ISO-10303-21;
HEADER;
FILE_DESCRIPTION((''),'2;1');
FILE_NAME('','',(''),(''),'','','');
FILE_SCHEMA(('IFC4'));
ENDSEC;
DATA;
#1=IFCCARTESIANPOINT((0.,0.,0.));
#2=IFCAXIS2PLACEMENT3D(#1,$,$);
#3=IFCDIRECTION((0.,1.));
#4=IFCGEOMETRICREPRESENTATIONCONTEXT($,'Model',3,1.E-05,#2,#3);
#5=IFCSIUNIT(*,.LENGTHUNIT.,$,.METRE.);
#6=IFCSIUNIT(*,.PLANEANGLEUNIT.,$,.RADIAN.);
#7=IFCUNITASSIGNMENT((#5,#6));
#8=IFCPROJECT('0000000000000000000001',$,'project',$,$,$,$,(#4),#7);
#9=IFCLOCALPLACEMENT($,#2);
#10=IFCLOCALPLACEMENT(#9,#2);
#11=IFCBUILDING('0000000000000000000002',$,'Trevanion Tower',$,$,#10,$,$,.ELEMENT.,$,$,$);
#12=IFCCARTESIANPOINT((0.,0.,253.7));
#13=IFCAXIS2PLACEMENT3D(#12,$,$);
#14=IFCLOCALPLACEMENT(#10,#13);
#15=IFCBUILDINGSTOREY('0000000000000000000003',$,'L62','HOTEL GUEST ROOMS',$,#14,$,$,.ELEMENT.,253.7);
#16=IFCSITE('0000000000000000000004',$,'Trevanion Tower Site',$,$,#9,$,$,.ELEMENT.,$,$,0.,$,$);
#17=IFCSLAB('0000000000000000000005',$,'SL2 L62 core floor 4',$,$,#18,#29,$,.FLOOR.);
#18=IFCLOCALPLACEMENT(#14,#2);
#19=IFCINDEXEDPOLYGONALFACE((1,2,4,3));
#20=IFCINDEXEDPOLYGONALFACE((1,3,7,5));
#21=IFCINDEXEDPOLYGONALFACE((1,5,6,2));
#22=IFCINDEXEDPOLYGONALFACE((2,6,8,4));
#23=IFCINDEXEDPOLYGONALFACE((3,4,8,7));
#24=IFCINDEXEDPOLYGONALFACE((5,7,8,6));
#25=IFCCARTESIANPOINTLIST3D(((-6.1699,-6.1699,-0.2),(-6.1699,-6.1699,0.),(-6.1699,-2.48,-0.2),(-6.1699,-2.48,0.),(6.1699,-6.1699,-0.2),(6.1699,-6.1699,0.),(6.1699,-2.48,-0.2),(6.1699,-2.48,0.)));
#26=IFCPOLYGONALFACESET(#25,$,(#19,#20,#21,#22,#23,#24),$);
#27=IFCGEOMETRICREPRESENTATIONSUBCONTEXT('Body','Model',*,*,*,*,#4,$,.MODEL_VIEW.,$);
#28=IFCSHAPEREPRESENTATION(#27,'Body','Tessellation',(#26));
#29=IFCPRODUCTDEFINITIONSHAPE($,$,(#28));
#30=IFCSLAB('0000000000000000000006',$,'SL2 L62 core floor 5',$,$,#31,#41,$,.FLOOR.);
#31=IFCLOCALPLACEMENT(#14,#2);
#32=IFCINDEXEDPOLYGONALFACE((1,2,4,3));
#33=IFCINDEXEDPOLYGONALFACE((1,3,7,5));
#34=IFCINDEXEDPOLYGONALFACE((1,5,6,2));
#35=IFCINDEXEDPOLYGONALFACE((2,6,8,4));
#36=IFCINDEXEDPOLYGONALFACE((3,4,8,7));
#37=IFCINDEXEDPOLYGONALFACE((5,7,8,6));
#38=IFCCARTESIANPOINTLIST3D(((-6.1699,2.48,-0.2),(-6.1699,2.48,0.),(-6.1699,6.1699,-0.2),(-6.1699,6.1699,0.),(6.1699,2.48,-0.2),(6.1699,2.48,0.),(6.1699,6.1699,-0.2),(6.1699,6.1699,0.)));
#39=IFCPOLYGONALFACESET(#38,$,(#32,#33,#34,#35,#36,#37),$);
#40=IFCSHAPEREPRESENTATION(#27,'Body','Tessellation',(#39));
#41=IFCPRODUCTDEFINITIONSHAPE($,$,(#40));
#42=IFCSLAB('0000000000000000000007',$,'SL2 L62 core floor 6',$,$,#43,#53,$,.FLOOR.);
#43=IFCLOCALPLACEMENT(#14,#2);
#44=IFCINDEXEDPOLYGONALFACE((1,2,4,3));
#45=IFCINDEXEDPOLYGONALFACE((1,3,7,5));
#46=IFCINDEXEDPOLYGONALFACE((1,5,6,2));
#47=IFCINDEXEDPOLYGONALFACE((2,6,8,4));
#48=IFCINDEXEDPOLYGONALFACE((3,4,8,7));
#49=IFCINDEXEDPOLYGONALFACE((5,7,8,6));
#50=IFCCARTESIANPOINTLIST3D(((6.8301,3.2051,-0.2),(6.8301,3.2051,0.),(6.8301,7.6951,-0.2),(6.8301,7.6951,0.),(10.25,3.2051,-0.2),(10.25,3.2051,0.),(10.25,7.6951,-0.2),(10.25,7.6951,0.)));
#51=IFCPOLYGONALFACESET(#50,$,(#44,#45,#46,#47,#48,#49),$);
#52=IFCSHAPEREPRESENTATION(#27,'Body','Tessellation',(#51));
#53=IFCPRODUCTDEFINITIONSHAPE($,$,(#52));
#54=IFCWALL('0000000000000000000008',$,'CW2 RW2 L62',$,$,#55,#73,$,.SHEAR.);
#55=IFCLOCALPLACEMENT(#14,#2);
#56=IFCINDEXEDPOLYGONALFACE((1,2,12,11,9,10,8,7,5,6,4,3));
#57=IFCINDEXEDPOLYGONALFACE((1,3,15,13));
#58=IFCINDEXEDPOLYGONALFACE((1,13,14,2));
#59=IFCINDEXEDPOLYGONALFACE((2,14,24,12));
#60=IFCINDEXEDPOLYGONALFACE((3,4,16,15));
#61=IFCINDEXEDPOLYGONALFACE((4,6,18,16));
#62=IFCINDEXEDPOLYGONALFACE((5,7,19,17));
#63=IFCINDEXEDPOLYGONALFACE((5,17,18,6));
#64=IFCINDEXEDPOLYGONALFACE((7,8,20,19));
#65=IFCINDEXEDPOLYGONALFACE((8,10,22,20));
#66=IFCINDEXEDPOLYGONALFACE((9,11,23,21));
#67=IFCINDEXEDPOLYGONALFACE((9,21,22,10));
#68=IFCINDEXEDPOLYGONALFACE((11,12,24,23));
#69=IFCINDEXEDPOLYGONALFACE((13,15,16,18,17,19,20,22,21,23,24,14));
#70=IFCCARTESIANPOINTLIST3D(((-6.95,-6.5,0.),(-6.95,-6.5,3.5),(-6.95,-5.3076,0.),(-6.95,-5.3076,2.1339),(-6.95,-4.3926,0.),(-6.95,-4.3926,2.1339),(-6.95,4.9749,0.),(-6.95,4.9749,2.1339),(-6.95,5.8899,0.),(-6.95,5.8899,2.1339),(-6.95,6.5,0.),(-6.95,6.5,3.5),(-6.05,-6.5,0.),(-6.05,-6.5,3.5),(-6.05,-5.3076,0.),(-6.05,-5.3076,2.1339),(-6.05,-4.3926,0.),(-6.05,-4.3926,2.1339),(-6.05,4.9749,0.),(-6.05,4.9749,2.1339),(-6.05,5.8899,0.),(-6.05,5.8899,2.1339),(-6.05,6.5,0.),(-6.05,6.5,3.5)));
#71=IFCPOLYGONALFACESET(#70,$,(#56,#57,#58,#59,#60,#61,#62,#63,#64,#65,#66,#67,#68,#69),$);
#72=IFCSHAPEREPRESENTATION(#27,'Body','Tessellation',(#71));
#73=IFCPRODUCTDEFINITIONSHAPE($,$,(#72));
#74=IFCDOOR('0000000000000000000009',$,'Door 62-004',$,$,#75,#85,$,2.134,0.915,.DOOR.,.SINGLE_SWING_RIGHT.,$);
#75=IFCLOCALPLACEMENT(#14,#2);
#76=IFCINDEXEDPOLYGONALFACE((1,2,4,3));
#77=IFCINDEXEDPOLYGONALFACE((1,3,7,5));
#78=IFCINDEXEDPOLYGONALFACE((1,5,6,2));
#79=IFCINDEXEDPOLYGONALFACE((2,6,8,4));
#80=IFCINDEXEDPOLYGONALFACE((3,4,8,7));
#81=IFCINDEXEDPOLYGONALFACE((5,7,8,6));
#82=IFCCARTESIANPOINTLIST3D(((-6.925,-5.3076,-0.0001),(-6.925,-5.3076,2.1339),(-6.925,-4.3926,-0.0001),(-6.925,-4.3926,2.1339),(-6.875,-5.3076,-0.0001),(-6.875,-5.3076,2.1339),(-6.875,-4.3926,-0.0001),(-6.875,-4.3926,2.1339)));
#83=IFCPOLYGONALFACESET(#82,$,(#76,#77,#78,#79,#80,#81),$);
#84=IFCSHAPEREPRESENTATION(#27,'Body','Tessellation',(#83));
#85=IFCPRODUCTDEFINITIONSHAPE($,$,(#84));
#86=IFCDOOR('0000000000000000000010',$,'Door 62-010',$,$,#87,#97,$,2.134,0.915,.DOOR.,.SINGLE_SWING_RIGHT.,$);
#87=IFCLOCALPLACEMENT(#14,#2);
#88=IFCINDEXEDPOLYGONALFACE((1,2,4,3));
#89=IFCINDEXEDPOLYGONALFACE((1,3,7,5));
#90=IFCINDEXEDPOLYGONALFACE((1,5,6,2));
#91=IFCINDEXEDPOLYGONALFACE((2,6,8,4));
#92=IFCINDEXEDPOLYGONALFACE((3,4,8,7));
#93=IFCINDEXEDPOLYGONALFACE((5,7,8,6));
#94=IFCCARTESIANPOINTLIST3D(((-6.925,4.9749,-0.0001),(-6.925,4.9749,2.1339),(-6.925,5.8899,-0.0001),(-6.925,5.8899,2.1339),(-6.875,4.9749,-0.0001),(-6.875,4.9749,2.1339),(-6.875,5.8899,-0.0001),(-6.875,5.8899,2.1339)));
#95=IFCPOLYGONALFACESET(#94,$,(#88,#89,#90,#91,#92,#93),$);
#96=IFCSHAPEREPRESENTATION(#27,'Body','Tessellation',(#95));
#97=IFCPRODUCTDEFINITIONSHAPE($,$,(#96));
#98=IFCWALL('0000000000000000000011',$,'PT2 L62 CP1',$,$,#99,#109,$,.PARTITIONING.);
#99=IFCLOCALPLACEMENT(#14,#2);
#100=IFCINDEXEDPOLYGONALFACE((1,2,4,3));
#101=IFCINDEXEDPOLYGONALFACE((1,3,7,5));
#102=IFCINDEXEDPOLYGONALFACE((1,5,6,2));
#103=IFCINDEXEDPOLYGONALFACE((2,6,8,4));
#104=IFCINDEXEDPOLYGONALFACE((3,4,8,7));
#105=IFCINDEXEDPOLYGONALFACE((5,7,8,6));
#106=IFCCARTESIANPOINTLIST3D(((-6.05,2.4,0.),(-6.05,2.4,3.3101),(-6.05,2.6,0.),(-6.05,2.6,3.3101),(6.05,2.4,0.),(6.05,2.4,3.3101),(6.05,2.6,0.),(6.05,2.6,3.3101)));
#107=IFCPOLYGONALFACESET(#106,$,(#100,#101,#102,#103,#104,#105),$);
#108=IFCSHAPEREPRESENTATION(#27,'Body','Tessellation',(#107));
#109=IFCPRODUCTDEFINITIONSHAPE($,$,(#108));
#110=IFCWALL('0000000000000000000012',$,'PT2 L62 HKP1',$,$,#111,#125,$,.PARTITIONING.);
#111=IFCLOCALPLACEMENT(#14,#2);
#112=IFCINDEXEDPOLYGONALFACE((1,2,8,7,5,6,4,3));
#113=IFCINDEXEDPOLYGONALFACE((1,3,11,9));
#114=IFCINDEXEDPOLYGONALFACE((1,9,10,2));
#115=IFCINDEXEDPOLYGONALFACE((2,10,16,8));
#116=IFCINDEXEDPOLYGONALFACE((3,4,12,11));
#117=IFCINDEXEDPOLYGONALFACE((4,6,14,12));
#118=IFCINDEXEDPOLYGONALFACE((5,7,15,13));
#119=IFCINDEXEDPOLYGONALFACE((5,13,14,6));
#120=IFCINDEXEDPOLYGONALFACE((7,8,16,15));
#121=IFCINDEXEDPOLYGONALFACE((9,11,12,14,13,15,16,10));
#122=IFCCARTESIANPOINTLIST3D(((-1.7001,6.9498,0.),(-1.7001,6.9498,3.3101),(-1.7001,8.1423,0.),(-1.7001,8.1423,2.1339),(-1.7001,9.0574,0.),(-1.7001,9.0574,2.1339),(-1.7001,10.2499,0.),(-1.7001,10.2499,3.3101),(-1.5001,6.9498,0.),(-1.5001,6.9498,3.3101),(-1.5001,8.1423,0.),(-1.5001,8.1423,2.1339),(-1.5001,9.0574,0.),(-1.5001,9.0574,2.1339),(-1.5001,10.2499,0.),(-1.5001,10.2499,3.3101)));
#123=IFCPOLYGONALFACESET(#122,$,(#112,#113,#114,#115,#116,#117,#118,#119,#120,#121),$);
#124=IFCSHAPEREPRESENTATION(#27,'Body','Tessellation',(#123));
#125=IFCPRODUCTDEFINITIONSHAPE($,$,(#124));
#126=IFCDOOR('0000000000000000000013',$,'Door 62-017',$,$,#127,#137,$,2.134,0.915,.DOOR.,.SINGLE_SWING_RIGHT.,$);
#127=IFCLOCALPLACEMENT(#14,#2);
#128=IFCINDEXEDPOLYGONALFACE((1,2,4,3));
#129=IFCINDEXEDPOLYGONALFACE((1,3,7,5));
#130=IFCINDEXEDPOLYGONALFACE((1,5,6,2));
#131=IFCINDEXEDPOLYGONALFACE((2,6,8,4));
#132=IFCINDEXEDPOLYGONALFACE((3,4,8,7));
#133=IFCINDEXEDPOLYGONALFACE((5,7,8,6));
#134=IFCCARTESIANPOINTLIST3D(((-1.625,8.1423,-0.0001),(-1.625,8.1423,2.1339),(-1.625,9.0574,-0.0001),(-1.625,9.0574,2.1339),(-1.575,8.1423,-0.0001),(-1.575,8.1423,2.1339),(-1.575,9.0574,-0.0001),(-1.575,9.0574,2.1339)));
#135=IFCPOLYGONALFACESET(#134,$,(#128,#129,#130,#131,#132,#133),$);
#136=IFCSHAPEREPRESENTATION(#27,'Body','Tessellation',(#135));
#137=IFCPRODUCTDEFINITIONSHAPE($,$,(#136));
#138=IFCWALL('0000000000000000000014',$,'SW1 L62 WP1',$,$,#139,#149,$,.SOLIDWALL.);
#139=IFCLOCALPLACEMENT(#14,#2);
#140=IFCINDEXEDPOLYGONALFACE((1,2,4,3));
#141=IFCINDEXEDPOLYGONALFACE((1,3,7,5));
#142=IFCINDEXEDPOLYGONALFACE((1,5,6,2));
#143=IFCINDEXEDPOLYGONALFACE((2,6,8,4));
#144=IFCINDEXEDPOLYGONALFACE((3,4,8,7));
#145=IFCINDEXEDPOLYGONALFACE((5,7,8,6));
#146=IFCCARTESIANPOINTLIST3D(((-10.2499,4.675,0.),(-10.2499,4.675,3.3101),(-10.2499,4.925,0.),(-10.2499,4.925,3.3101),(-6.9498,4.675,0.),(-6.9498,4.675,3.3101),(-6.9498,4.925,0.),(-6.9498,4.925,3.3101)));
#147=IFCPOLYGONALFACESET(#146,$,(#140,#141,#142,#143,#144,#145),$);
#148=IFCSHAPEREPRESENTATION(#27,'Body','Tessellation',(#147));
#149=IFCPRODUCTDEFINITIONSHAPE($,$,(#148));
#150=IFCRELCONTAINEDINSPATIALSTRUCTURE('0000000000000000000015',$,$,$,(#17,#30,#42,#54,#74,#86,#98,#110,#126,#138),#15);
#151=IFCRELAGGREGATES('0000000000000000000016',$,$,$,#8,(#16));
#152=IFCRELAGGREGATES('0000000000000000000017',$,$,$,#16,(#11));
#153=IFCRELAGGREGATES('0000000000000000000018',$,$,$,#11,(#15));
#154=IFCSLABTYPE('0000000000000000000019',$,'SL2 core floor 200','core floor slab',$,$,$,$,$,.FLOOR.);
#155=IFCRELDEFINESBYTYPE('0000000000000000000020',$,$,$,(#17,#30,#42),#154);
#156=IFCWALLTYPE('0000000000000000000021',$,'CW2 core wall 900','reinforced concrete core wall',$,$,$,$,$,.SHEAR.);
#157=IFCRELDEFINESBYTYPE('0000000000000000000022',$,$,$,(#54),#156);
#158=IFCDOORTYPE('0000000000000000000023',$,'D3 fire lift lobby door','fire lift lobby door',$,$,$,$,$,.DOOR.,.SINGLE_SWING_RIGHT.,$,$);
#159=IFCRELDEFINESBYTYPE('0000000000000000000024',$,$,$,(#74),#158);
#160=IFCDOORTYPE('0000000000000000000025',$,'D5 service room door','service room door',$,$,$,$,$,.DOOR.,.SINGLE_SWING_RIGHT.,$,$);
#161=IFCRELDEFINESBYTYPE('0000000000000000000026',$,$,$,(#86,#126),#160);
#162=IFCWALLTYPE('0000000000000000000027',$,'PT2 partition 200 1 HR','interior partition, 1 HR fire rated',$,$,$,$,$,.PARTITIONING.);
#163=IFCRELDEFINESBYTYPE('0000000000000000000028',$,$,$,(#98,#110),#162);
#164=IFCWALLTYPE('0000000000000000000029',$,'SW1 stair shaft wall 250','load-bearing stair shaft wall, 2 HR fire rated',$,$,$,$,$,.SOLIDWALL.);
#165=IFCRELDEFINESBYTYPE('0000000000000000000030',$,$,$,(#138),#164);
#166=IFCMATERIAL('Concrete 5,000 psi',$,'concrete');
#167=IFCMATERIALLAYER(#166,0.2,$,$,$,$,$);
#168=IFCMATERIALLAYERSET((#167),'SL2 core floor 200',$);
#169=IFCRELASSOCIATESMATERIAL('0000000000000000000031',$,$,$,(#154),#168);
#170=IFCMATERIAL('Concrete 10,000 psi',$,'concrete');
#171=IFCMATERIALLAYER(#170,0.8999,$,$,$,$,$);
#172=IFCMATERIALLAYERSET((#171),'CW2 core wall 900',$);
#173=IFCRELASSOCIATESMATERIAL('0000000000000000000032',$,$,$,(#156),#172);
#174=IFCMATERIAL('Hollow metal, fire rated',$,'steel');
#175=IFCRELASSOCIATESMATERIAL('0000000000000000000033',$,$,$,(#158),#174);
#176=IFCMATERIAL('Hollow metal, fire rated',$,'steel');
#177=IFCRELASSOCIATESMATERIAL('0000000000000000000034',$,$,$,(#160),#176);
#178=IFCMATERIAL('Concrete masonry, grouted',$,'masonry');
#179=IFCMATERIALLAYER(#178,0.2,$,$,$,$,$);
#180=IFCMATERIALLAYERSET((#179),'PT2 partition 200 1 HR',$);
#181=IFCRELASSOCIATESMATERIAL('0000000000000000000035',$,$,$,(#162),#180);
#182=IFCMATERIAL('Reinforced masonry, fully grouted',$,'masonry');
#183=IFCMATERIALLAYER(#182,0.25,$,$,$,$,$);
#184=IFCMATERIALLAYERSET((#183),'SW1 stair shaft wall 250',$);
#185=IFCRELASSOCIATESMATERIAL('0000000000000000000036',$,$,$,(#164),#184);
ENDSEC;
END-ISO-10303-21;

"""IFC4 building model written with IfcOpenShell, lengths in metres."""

from ifc_helpers import new_model, si_unit, direction, frame, frame_2d, origin, place, context, subcontext, project, spatial, polyline, rectangle, outline, extrude, material, layer, layer_set, type_object, element, fill, save


model = new_model("IFC4")

# Units and contexts
model_context = context("Model", 3, precision=1e-05, world=origin(), true_north=direction((0.0, 1.0)))
body_context = subcontext(model_context, "Body", "Model", "MODEL_VIEW")
ifc_project = project(units=[si_unit("LENGTHUNIT", "METRE"), si_unit("PLANEANGLEUNIT", "RADIAN")], contexts=[model_context])

# Site, building, storey
site_placement = place(None, origin())
site = spatial("IfcSite", under=ifc_project, at=site_placement, Name="Trevanion Tower Site", CompositionType="ELEMENT", RefElevation=0.0)
building_placement = place(site_placement, origin())
building = spatial("IfcBuilding", under=site, at=building_placement, Name="Trevanion Tower", CompositionType="ELEMENT")
storey_placement = place(building_placement, frame((0.0, 0.0, 253.7)))
storey = spatial("IfcBuildingStorey", under=building, at=storey_placement, Name="L62", Description="HOTEL GUEST ROOMS", CompositionType="ELEMENT", Elevation=253.7)

# Slabs
ifc_material_1 = material(Name="Concrete 5,000 psi", Category="concrete")
ifc_layer_1 = layer(ifc_material_1, 0.2)
ifc_layer_set_1 = layer_set([ifc_layer_1], Name="SL2 core floor 200")
slab_type = type_object("IfcSlabType", Name="SL2 core floor 200", Description="core floor slab", PredefinedType="FLOOR", material=ifc_layer_set_1)
slab_1_placement = place(storey_placement, frame((0.0, 0.0, -0.2)))
element("IfcSlab", 1, at=slab_1_placement, inside=storey, type_object=slab_type, Name="SL2 L62 core floor 4", PredefinedType="FLOOR", context=body_context, shape_type="SweptSolid", body=[
    extrude(outline(polyline([(6.1699, -6.1699), (-6.1699, -6.1699), (-6.1699, -2.48), (6.1699, -2.48), (6.1699, -6.1699)])), origin(), (0.0, 0.0, 1.0), 0.2),
])
slab_2_placement = place(storey_placement, frame((0.0, 0.0, -0.2)))
element("IfcSlab", 2, at=slab_2_placement, inside=storey, type_object=slab_type, Name="SL2 L62 core floor 5", PredefinedType="FLOOR", context=body_context, shape_type="SweptSolid", body=[
    extrude(outline(polyline([(6.1699, 2.48), (-6.1699, 2.48), (-6.1699, 6.1699), (6.1699, 6.1699), (6.1699, 2.48)])), origin(), (0.0, 0.0, 1.0), 0.2),
])
slab_3_placement = place(storey_placement, frame((0.0, 0.0, -0.2)))
element("IfcSlab", 3, at=slab_3_placement, inside=storey, type_object=slab_type, Name="SL2 L62 core floor 6", PredefinedType="FLOOR", context=body_context, shape_type="SweptSolid", body=[
    extrude(outline(polyline([(6.8301, 3.2051), (6.8301, 7.6951), (10.25, 7.6951), (10.25, 3.2051), (6.8301, 3.2051)])), origin(), (0.0, 0.0, 1.0), 0.2),
])

# Wall, openings, doors
ifc_material_2 = material(Name="Concrete 10,000 psi", Category="concrete")
ifc_layer_2 = layer(ifc_material_2, 0.8999)
ifc_layer_set_2 = layer_set([ifc_layer_2], Name="CW2 core wall 900")
wall_type_1 = type_object("IfcWallType", Name="CW2 core wall 900", Description="reinforced concrete core wall", PredefinedType="SHEAR", material=ifc_layer_set_2)
wall_1_placement = place(storey_placement, frame((-6.5, 6.5, 0.0), z_axis=(0.0, 0.0, 1.0), x_axis=(0.0, -1.0, 0.0)))
wall_1 = element("IfcWall", 4, at=wall_1_placement, inside=storey, type_object=wall_type_1, Name="CW2 RW2 L62", PredefinedType="SHEAR", context=body_context, shape_type="SweptSolid", body=[
    extrude(rectangle(XDim=13.0, YDim=0.8999, at=frame_2d((6.5, 0.0))), origin(), (0.0, 0.0, 1.0), 3.5),
])
opening_1_placement = place(wall_1_placement, frame((10.8926, 0.0, 0.0)))
opening_1 = element("IfcOpeningElement", 5, at=opening_1_placement, cuts=wall_1, PredefinedType="OPENING", context=body_context, shape_type="SweptSolid", body=[
    extrude(rectangle(XDim=0.915, YDim=2.134, at=frame_2d((0.4575, 1.0669))), frame((0.0, 0.46, 0.0), z_axis=(0.0, -1.0, 0.0), x_axis=(1.0, 0.0, 0.0)), (0.0, 0.0, 1.0), 0.9199),
])
opening_2_placement = place(wall_1_placement, frame((0.6101, 0.0, 0.0)))
opening_2 = element("IfcOpeningElement", 6, at=opening_2_placement, cuts=wall_1, PredefinedType="OPENING", context=body_context, shape_type="SweptSolid", body=[
    extrude(rectangle(XDim=0.915, YDim=2.134, at=frame_2d((0.4575, 1.0669))), frame((0.0, 0.46, 0.0), z_axis=(0.0, -1.0, 0.0), x_axis=(1.0, 0.0, 0.0)), (0.0, 0.0, 1.0), 0.9199),
])
ifc_material_3 = material(Name="Hollow metal, fire rated", Category="steel")
door_type_1 = type_object("IfcDoorType", Name="D3 fire lift lobby door", Description="fire lift lobby door", OperationType="SINGLE_SWING_RIGHT", PredefinedType="DOOR", material=ifc_material_3)
door_1_placement = place(opening_1_placement, origin())
door_1 = element("IfcDoor", 7, at=door_1_placement, inside=storey, type_object=door_type_1, Name="Door 62-004", OperationType="SINGLE_SWING_RIGHT", OverallHeight=2.134, OverallWidth=0.915, PredefinedType="DOOR", context=body_context, shape_type="SweptSolid", body=[
    extrude(rectangle(XDim=0.915, YDim=2.134, at=frame_2d((0.4575, 1.0669))), frame((0.0, -0.375, 0.0), z_axis=(0.0, -1.0, 0.0), x_axis=(1.0, 0.0, 0.0)), (0.0, 0.0, 1.0), 0.05),
])
fill(opening_1, door_1)
ifc_material_4 = material(Name="Hollow metal, fire rated", Category="steel")
door_type_2 = type_object("IfcDoorType", Name="D5 service room door", Description="service room door", OperationType="SINGLE_SWING_RIGHT", PredefinedType="DOOR", material=ifc_material_4)
door_2_placement = place(opening_2_placement, origin())
door_2 = element("IfcDoor", 8, at=door_2_placement, inside=storey, type_object=door_type_2, Name="Door 62-010", OperationType="SINGLE_SWING_RIGHT", OverallHeight=2.134, OverallWidth=0.915, PredefinedType="DOOR", context=body_context, shape_type="SweptSolid", body=[
    extrude(rectangle(XDim=0.915, YDim=2.134, at=frame_2d((0.4575, 1.0669))), frame((0.0, -0.375, 0.0), z_axis=(0.0, -1.0, 0.0), x_axis=(1.0, 0.0, 0.0)), (0.0, 0.0, 1.0), 0.05),
])
fill(opening_2, door_2)

# Wall
ifc_material_5 = material(Name="Concrete masonry, grouted", Category="masonry")
ifc_layer_3 = layer(ifc_material_5, 0.2)
ifc_layer_set_3 = layer_set([ifc_layer_3], Name="PT2 partition 200 1 HR")
wall_type_2 = type_object("IfcWallType", Name="PT2 partition 200 1 HR", Description="interior partition, 1 HR fire rated", PredefinedType="PARTITIONING", material=ifc_layer_set_3)
wall_2_placement = place(storey_placement, frame((-6.05, 2.5, 0.0), z_axis=(0.0, 0.0, 1.0), x_axis=(1.0, 0.0, 0.0)))
element("IfcWall", 9, at=wall_2_placement, inside=storey, type_object=wall_type_2, Name="PT2 L62 CP1", PredefinedType="PARTITIONING", context=body_context, shape_type="SweptSolid", body=[
    extrude(rectangle(XDim=12.1001, YDim=0.2, at=frame_2d((6.05, 0.0))), origin(), (0.0, 0.0, 1.0), 3.3101),
])

# Wall, opening, door
wall_3_placement = place(storey_placement, frame((-1.6001, 6.95, 0.0), z_axis=(0.0, 0.0, 1.0), x_axis=(0.0, 1.0, 0.0)))
wall_3 = element("IfcWall", 10, at=wall_3_placement, inside=storey, type_object=wall_type_2, Name="PT2 L62 HKP1", PredefinedType="PARTITIONING", context=body_context, shape_type="SweptSolid", body=[
    extrude(rectangle(XDim=3.3, YDim=0.2, at=frame_2d((1.6499, 0.0))), origin(), (0.0, 0.0, 1.0), 3.3101),
])
opening_3_placement = place(wall_3_placement, frame((1.1924, 0.0, 0.0)))
opening_3 = element("IfcOpeningElement", 11, at=opening_3_placement, cuts=wall_3, PredefinedType="OPENING", context=body_context, shape_type="SweptSolid", body=[
    extrude(rectangle(XDim=0.915, YDim=2.134, at=frame_2d((0.4575, 1.0669))), frame((0.0, 0.1099, 0.0), z_axis=(0.0, -1.0, 0.0), x_axis=(1.0, 0.0, 0.0)), (0.0, 0.0, 1.0), 0.22),
])
door_3_placement = place(opening_3_placement, origin())
door_3 = element("IfcDoor", 12, at=door_3_placement, inside=storey, type_object=door_type_2, Name="Door 62-017", OperationType="SINGLE_SWING_RIGHT", OverallHeight=2.134, OverallWidth=0.915, PredefinedType="DOOR", context=body_context, shape_type="SweptSolid", body=[
    extrude(rectangle(XDim=0.915, YDim=2.134, at=frame_2d((0.4575, 1.0669))), frame((0.0, 0.0249, 0.0), z_axis=(0.0, -1.0, 0.0), x_axis=(1.0, 0.0, 0.0)), (0.0, 0.0, 1.0), 0.05),
])
fill(opening_3, door_3)

# Wall
ifc_material_6 = material(Name="Reinforced masonry, fully grouted", Category="masonry")
ifc_layer_4 = layer(ifc_material_6, 0.25)
ifc_layer_set_4 = layer_set([ifc_layer_4], Name="SW1 stair shaft wall 250")
wall_type_3 = type_object("IfcWallType", Name="SW1 stair shaft wall 250", Description="load-bearing stair shaft wall, 2 HR fire rated", PredefinedType="SOLIDWALL", material=ifc_layer_set_4)
wall_4_placement = place(storey_placement, frame((-6.95, 4.8, 0.0), z_axis=(0.0, 0.0, 1.0), x_axis=(-1.0, 0.0, 0.0)))
element("IfcWall", 13, at=wall_4_placement, inside=storey, type_object=wall_type_3, Name="SW1 L62 WP1", PredefinedType="SOLIDWALL", context=body_context, shape_type="SweptSolid", body=[
    extrude(rectangle(XDim=3.3, YDim=0.25, at=frame_2d((1.6499, 0.0))), origin(), (0.0, 0.0, 1.0), 3.3101),
])

save(model, "model.ifc")
